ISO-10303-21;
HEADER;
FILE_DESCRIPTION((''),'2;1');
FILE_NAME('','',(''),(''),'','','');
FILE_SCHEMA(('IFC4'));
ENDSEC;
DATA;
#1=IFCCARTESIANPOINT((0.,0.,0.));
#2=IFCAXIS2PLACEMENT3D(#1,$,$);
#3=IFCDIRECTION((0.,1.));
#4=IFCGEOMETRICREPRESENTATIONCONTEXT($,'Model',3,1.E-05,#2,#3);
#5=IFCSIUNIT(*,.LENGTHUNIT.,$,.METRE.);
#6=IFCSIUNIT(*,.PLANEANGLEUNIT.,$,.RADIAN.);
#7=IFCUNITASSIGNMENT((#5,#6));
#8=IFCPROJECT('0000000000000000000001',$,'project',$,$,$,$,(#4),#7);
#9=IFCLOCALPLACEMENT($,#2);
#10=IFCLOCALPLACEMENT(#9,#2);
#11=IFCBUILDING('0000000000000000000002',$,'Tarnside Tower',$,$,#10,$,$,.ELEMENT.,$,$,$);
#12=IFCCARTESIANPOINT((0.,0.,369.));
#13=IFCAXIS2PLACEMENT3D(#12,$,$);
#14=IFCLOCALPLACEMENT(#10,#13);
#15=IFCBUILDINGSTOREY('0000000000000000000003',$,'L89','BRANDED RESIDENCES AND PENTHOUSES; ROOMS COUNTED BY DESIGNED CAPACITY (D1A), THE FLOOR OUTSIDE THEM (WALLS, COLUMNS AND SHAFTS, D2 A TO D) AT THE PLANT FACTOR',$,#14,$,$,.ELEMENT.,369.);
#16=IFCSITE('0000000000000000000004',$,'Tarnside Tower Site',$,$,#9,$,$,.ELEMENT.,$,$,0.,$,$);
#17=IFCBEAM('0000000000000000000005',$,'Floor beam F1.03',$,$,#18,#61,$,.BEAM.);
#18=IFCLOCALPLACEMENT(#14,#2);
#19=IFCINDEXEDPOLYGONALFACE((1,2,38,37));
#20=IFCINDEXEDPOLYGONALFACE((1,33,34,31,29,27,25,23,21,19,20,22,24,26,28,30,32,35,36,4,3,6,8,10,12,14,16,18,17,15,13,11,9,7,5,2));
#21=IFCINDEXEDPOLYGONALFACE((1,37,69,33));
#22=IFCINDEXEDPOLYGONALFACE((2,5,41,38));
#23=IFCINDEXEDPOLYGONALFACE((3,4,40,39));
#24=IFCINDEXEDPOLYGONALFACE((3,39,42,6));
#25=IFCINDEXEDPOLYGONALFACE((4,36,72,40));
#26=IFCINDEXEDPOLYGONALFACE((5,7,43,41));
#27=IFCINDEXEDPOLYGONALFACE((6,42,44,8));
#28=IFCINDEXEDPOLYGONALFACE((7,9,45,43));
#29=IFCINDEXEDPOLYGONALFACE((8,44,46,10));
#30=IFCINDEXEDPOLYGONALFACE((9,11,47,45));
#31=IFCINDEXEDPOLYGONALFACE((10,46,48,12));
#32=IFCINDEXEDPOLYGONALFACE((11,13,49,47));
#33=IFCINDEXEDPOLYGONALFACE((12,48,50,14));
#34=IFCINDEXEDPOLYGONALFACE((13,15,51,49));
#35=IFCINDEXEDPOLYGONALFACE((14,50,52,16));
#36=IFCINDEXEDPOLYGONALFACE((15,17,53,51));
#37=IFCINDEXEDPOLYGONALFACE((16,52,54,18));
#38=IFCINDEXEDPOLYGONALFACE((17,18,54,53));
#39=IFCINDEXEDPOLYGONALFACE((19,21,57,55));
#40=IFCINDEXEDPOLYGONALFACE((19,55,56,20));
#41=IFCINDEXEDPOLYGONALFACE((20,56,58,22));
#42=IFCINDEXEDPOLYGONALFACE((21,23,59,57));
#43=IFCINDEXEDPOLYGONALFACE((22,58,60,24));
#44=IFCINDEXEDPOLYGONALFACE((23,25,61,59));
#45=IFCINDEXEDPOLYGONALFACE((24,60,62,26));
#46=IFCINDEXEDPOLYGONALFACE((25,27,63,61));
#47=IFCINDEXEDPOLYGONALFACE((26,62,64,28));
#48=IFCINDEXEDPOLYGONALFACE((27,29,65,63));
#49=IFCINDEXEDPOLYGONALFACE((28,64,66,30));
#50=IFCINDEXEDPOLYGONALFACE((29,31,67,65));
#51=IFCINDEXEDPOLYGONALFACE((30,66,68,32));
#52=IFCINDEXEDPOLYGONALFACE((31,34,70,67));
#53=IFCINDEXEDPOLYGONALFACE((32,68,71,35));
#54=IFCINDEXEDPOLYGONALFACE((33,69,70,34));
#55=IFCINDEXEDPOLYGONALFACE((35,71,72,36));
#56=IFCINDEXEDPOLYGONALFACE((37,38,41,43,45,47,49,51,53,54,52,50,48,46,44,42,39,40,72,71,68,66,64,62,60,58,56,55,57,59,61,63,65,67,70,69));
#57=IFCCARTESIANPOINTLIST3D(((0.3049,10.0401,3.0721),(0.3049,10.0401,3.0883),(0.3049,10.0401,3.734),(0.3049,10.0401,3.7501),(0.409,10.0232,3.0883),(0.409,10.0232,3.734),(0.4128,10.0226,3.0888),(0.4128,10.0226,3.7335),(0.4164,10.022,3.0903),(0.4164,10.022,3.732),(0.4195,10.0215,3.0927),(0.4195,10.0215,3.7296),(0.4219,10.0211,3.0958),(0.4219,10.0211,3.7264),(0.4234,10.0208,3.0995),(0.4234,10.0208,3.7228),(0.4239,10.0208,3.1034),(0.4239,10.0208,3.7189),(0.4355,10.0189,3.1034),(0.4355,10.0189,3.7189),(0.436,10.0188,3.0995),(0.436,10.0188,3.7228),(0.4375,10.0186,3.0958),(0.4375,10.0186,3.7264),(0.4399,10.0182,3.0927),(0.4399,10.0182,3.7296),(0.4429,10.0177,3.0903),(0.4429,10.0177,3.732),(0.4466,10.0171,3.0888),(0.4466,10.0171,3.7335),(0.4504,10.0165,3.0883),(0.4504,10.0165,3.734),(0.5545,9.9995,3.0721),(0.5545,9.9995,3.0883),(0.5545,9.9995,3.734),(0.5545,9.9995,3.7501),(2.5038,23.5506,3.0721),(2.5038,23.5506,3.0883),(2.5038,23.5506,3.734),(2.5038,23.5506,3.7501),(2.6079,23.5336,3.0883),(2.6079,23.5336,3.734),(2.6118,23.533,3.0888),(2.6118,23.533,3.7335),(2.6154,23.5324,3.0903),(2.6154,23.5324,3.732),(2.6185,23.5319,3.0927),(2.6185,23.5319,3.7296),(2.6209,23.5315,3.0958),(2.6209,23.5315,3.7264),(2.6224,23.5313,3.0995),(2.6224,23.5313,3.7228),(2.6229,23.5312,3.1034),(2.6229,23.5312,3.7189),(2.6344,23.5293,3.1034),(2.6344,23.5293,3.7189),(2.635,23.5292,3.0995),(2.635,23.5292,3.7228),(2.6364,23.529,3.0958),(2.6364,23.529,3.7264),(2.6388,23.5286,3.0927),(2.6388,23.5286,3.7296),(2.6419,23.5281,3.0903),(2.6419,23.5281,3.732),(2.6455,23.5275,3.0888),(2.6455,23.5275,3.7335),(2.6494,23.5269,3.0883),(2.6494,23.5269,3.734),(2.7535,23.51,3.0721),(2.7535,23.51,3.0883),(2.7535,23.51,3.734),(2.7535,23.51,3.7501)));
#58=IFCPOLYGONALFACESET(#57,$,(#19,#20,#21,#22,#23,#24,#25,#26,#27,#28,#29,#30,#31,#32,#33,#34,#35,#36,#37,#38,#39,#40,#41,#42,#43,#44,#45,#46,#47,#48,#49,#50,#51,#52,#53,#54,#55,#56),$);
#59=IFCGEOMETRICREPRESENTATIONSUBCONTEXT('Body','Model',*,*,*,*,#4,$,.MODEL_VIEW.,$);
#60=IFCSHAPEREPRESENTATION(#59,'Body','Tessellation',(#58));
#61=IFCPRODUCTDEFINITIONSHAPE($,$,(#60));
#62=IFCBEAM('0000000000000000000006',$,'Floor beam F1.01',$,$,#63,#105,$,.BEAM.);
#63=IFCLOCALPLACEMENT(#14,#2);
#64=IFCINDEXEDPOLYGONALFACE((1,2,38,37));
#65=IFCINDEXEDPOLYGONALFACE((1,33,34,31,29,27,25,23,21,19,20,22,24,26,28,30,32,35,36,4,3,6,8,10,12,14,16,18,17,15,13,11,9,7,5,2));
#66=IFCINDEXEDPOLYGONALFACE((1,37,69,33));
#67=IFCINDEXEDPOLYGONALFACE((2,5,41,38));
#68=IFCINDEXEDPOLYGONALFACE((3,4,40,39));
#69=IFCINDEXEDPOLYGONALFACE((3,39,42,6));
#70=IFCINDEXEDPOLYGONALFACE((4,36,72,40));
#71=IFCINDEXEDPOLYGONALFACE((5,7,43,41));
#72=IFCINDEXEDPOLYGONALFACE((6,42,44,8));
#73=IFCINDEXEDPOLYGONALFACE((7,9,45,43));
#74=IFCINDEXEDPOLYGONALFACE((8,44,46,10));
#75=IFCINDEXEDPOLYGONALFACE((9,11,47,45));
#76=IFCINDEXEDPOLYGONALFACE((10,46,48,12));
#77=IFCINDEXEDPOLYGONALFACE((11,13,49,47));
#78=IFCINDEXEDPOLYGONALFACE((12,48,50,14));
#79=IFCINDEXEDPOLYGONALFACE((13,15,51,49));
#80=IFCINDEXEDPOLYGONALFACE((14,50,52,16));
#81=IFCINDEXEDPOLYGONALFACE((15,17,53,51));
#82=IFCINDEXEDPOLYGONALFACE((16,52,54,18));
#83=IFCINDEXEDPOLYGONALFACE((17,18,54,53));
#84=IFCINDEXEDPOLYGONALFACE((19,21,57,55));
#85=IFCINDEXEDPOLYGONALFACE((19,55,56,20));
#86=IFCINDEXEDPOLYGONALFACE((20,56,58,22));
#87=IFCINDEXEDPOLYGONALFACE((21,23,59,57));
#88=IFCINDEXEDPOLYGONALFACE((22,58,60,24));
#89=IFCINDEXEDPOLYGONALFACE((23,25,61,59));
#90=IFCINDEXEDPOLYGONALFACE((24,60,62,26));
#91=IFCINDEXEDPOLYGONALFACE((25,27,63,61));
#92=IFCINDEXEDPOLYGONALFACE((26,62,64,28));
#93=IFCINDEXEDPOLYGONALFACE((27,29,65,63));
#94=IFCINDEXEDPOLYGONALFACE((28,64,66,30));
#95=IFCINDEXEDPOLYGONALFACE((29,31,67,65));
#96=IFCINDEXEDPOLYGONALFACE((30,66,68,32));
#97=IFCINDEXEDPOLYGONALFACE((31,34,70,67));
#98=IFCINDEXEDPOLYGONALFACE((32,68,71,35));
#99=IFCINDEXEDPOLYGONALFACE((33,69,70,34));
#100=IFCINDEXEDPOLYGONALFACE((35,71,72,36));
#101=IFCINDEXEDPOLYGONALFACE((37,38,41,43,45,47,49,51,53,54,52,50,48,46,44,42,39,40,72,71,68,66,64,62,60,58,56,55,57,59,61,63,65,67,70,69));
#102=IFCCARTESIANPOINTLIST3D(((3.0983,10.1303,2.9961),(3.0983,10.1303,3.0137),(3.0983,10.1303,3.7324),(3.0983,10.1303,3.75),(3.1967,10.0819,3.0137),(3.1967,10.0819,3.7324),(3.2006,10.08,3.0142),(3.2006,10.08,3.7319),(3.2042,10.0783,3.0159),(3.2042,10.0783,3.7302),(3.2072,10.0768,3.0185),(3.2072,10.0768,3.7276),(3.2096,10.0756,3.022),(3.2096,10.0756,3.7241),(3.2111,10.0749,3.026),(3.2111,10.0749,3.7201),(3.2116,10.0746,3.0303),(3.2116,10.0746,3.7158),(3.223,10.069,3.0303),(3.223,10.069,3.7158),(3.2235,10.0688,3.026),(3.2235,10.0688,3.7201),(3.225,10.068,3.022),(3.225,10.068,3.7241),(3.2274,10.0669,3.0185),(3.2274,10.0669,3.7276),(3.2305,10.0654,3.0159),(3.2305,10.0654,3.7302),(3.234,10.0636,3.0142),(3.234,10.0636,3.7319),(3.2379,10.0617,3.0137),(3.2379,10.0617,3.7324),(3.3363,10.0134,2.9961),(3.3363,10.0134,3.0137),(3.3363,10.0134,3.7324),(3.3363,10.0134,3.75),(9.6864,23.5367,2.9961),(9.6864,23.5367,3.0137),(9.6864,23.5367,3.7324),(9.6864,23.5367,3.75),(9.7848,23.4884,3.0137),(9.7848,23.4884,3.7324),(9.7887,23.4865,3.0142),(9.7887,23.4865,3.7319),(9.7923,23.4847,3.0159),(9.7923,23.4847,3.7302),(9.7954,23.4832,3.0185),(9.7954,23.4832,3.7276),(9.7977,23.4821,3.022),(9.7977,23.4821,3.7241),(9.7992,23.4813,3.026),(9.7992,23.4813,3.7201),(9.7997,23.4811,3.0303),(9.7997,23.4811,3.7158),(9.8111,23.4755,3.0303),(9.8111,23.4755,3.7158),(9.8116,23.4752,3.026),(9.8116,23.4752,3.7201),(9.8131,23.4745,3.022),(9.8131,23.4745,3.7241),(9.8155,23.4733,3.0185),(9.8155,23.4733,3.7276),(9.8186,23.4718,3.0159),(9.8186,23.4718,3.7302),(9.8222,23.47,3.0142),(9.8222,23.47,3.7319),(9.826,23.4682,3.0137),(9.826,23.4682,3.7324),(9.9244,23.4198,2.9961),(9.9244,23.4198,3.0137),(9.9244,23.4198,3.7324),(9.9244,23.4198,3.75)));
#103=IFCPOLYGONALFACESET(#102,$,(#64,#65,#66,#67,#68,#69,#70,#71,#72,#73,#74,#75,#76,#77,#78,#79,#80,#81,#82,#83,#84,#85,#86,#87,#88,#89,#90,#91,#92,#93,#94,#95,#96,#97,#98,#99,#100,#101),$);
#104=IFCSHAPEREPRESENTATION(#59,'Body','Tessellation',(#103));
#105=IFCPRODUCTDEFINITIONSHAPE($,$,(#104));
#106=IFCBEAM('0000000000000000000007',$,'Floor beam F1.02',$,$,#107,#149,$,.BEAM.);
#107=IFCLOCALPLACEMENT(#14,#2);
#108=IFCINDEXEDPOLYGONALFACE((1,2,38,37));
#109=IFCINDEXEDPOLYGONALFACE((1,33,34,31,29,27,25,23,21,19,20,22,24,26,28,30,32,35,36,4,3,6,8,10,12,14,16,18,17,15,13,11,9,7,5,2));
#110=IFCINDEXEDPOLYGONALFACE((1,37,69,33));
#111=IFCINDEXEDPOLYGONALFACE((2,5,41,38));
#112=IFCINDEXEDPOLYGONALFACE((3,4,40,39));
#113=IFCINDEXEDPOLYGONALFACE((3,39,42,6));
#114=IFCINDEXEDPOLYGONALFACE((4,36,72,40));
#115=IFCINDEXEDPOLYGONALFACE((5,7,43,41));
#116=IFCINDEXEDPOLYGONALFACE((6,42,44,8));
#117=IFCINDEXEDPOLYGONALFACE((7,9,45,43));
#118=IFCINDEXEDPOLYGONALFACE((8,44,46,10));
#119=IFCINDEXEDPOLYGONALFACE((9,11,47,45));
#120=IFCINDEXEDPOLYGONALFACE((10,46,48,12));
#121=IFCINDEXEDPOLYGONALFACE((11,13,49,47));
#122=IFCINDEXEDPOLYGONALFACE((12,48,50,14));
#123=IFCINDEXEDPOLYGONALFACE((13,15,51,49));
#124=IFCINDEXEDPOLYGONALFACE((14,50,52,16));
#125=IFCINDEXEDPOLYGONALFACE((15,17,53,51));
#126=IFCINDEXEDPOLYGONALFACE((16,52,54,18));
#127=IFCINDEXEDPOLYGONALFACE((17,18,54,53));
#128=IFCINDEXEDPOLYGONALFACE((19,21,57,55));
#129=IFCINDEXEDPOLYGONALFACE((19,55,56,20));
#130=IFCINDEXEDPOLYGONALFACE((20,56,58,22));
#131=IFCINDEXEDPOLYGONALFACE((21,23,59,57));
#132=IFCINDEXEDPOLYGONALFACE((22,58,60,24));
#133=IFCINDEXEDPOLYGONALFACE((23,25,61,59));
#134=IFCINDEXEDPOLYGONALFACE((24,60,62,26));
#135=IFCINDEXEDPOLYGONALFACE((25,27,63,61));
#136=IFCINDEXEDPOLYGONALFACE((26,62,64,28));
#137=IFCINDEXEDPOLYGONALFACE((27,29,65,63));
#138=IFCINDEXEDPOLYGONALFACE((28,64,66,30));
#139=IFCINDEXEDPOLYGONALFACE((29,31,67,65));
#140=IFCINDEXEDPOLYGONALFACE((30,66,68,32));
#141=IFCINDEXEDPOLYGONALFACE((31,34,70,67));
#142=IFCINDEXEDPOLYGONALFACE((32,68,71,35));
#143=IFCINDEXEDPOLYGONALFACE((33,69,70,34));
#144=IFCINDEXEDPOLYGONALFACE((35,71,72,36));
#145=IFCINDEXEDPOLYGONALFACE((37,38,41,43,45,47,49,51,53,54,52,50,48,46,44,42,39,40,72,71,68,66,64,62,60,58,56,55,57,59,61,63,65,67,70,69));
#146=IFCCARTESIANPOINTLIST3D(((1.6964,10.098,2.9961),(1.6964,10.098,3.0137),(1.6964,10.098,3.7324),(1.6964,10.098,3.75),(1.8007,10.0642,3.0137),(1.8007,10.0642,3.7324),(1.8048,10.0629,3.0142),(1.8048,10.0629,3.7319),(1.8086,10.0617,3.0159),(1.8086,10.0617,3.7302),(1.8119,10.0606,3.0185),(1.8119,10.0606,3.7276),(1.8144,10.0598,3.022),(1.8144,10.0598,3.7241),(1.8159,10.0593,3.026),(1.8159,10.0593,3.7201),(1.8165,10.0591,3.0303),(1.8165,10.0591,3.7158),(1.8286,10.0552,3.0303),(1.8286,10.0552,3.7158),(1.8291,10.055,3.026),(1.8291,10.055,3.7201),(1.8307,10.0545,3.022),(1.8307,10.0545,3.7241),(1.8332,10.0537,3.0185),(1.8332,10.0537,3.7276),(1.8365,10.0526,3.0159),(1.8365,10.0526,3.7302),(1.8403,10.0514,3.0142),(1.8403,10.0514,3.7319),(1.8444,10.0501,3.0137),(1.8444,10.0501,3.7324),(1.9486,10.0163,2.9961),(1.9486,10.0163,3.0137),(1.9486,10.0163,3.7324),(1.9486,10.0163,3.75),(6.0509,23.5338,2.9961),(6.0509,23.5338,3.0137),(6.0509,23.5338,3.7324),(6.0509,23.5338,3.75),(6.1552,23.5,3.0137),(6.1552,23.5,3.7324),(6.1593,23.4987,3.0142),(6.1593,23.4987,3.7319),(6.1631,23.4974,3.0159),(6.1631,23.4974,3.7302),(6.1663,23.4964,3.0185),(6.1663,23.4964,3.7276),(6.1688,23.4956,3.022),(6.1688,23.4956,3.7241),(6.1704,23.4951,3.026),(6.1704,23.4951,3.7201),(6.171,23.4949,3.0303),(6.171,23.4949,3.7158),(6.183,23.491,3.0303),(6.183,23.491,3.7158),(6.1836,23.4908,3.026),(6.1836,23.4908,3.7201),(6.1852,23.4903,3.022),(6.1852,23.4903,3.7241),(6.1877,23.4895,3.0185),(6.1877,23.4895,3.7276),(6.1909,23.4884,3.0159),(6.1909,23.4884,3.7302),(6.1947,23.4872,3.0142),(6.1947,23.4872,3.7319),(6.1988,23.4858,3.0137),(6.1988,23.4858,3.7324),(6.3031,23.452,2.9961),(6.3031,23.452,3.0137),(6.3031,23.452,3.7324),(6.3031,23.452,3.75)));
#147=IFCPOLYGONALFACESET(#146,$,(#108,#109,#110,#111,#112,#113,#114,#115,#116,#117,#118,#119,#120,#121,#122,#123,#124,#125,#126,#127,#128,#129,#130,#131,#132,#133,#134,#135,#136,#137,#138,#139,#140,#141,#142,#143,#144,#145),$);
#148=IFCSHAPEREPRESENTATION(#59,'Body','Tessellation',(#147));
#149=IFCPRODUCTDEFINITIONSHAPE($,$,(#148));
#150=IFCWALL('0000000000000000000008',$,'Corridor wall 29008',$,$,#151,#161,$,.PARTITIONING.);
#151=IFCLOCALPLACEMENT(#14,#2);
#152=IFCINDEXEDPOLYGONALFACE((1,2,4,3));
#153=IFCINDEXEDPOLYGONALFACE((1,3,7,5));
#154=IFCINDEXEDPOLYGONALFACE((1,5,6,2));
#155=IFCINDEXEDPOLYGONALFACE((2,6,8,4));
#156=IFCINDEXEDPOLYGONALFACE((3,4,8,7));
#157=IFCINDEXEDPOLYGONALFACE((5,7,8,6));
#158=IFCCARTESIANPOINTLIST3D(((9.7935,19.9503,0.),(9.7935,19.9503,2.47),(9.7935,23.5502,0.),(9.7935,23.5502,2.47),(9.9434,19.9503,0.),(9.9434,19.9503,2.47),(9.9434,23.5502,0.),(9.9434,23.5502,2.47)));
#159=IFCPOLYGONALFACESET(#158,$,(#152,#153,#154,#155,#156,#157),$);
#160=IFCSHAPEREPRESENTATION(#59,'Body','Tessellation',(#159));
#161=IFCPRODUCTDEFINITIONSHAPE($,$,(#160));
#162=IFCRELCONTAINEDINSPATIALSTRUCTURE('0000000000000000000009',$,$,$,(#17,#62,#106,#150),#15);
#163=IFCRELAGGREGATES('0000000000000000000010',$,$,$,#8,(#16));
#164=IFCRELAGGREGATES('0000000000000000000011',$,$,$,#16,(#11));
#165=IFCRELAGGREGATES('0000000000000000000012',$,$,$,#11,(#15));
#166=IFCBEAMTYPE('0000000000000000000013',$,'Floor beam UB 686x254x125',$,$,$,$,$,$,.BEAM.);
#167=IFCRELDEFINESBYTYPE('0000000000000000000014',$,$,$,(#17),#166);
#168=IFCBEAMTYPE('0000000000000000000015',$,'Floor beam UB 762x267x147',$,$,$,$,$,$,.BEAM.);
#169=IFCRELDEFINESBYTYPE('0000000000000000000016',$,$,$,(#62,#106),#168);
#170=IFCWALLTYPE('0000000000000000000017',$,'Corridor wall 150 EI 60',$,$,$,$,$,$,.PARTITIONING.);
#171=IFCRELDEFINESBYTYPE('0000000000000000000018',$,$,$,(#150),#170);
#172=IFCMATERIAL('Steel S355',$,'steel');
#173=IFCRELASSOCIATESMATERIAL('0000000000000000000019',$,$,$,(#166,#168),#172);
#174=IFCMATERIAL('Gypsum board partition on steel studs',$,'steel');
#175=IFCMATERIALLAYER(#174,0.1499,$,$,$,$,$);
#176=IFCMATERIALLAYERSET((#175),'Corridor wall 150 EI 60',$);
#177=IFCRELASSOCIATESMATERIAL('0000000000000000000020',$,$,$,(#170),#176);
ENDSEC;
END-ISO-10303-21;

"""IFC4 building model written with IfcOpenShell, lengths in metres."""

from ifc_helpers import new_model, si_unit, direction, frame, frame_2d, origin, origin_2d, place, context, subcontext, project, spatial, rectangle, i_section, extrude, material, layer, layer_set, material_profile, profile_set, type_object, element, save


model = new_model("IFC4")

# Units and contexts
model_context = context("Model", 3, precision=1e-05, world=origin(), true_north=direction((0.0, 1.0)))
body_context = subcontext(model_context, "Body", "Model", "MODEL_VIEW")
ifc_project = project(units=[si_unit("LENGTHUNIT", "METRE"), si_unit("PLANEANGLEUNIT", "RADIAN")], contexts=[model_context])

# Site, building, storey
site_placement = place(None, origin())
site = spatial("IfcSite", under=ifc_project, at=site_placement, Name="Tarnside Tower Site", CompositionType="ELEMENT", RefElevation=0.0)
building_placement = place(site_placement, origin())
building = spatial("IfcBuilding", under=site, at=building_placement, Name="Tarnside Tower", CompositionType="ELEMENT")
storey_placement = place(building_placement, frame((0.0, 0.0, 369.0)))
storey = spatial("IfcBuildingStorey", under=building, at=storey_placement, Name="L89", Description="BRANDED RESIDENCES AND PENTHOUSES; ROOMS COUNTED BY DESIGNED CAPACITY (D1A), THE FLOOR OUTSIDE THEM (WALLS, COLUMNS AND SHAFTS, D2 A TO D) AT THE PLANT FACTOR", CompositionType="ELEMENT", Elevation=369.0)

# Beams
ifc_material_1 = material(Name="Steel S355", Category="steel")
ifc_material_profile_1 = material_profile(ifc_material_1, i_section(OverallWidth=0.2529, OverallDepth=0.678, WebThickness=0.0117, FlangeThickness=0.0161, FilletRadius=0.0151, at=origin_2d()), Name="UB 686x254x125")
ifc_profile_set_1 = profile_set([ifc_material_profile_1], Name="Steel S355")
beam_type_1 = type_object("IfcBeamType", Name="Floor beam UB 686x254x125", PredefinedType="BEAM", material=ifc_profile_set_1)
beam_1_placement = place(storey_placement, frame((2.6287, 23.5303, 3.4111), z_axis=(-0.160647, -0.987012, 0.0), x_axis=(0.987012, -0.160647, 0.0)))
element("IfcBeam", 1, at=beam_1_placement, inside=storey, type_object=beam_type_1, Name="Floor beam F1.03", PredefinedType="BEAM", context=body_context, shape_type="SweptSolid", body=[
    extrude(i_section(OverallWidth=0.2529, OverallDepth=0.678, WebThickness=0.0117, FlangeThickness=0.0161, FilletRadius=0.0151, at=origin_2d()), origin(), (0.0, 0.0, 1.0), 13.6882),
])
ifc_material_profile_2 = material_profile(ifc_material_1, i_section(OverallWidth=0.2651, OverallDepth=0.7539, WebThickness=0.0127, FlangeThickness=0.0176, FilletRadius=0.0166, at=origin_2d()), Name="UB 762x267x147")
ifc_profile_set_2 = profile_set([ifc_material_profile_2], Name="Steel S355")
beam_type_2 = type_object("IfcBeamType", Name="Floor beam UB 762x267x147", PredefinedType="BEAM", material=ifc_profile_set_2)
beam_2_placement = place(storey_placement, frame((9.8054, 23.4783, 3.373), z_axis=(-0.441038, -0.897488, 0.0), x_axis=(0.897488, -0.441038, 0.0)))
element("IfcBeam", 2, at=beam_2_placement, inside=storey, type_object=beam_type_2, Name="Floor beam F1.01", PredefinedType="BEAM", context=body_context, shape_type="SweptSolid", body=[
    extrude(i_section(OverallWidth=0.2651, OverallDepth=0.7539, WebThickness=0.0127, FlangeThickness=0.0176, FilletRadius=0.0166, at=origin_2d()), origin(), (0.0, 0.0, 1.0), 14.9377),
])
beam_3_placement = place(storey_placement, frame((6.177, 23.4929, 3.373), z_axis=(-0.308309, -0.951286, 0.0), x_axis=(0.951286, -0.308309, 0.0)))
element("IfcBeam", 3, at=beam_3_placement, inside=storey, type_object=beam_type_2, Name="Floor beam F1.02", PredefinedType="BEAM", context=body_context, shape_type="SweptSolid", body=[
    extrude(i_section(OverallWidth=0.2651, OverallDepth=0.7539, WebThickness=0.0127, FlangeThickness=0.0176, FilletRadius=0.0166, at=origin_2d()), origin(), (0.0, 0.0, 1.0), 14.1238),
])

# Wall
ifc_material_2 = material(Name="Gypsum board partition on steel studs", Category="steel")
ifc_layer_1 = layer(ifc_material_2, 0.1499)
ifc_layer_set_1 = layer_set([ifc_layer_1], Name="Corridor wall 150 EI 60")
wall_type_1 = type_object("IfcWallType", Name="Corridor wall 150 EI 60", PredefinedType="PARTITIONING", material=ifc_layer_set_1)
wall_1_placement = place(storey_placement, frame((9.8684, 23.55, 0.0), z_axis=(0.0, 0.0, 1.0), x_axis=(0.0, -1.0, 0.0)))
element("IfcWall", 4, at=wall_1_placement, inside=storey, type_object=wall_type_1, Name="Corridor wall 29008", PredefinedType="PARTITIONING", context=body_context, shape_type="SweptSolid", body=[
    extrude(rectangle(XDim=3.5999, YDim=0.1499, at=frame_2d((1.7998, 0.0))), origin(), (0.0, 0.0, 1.0), 2.47),
])

save(model, "model.ifc")
